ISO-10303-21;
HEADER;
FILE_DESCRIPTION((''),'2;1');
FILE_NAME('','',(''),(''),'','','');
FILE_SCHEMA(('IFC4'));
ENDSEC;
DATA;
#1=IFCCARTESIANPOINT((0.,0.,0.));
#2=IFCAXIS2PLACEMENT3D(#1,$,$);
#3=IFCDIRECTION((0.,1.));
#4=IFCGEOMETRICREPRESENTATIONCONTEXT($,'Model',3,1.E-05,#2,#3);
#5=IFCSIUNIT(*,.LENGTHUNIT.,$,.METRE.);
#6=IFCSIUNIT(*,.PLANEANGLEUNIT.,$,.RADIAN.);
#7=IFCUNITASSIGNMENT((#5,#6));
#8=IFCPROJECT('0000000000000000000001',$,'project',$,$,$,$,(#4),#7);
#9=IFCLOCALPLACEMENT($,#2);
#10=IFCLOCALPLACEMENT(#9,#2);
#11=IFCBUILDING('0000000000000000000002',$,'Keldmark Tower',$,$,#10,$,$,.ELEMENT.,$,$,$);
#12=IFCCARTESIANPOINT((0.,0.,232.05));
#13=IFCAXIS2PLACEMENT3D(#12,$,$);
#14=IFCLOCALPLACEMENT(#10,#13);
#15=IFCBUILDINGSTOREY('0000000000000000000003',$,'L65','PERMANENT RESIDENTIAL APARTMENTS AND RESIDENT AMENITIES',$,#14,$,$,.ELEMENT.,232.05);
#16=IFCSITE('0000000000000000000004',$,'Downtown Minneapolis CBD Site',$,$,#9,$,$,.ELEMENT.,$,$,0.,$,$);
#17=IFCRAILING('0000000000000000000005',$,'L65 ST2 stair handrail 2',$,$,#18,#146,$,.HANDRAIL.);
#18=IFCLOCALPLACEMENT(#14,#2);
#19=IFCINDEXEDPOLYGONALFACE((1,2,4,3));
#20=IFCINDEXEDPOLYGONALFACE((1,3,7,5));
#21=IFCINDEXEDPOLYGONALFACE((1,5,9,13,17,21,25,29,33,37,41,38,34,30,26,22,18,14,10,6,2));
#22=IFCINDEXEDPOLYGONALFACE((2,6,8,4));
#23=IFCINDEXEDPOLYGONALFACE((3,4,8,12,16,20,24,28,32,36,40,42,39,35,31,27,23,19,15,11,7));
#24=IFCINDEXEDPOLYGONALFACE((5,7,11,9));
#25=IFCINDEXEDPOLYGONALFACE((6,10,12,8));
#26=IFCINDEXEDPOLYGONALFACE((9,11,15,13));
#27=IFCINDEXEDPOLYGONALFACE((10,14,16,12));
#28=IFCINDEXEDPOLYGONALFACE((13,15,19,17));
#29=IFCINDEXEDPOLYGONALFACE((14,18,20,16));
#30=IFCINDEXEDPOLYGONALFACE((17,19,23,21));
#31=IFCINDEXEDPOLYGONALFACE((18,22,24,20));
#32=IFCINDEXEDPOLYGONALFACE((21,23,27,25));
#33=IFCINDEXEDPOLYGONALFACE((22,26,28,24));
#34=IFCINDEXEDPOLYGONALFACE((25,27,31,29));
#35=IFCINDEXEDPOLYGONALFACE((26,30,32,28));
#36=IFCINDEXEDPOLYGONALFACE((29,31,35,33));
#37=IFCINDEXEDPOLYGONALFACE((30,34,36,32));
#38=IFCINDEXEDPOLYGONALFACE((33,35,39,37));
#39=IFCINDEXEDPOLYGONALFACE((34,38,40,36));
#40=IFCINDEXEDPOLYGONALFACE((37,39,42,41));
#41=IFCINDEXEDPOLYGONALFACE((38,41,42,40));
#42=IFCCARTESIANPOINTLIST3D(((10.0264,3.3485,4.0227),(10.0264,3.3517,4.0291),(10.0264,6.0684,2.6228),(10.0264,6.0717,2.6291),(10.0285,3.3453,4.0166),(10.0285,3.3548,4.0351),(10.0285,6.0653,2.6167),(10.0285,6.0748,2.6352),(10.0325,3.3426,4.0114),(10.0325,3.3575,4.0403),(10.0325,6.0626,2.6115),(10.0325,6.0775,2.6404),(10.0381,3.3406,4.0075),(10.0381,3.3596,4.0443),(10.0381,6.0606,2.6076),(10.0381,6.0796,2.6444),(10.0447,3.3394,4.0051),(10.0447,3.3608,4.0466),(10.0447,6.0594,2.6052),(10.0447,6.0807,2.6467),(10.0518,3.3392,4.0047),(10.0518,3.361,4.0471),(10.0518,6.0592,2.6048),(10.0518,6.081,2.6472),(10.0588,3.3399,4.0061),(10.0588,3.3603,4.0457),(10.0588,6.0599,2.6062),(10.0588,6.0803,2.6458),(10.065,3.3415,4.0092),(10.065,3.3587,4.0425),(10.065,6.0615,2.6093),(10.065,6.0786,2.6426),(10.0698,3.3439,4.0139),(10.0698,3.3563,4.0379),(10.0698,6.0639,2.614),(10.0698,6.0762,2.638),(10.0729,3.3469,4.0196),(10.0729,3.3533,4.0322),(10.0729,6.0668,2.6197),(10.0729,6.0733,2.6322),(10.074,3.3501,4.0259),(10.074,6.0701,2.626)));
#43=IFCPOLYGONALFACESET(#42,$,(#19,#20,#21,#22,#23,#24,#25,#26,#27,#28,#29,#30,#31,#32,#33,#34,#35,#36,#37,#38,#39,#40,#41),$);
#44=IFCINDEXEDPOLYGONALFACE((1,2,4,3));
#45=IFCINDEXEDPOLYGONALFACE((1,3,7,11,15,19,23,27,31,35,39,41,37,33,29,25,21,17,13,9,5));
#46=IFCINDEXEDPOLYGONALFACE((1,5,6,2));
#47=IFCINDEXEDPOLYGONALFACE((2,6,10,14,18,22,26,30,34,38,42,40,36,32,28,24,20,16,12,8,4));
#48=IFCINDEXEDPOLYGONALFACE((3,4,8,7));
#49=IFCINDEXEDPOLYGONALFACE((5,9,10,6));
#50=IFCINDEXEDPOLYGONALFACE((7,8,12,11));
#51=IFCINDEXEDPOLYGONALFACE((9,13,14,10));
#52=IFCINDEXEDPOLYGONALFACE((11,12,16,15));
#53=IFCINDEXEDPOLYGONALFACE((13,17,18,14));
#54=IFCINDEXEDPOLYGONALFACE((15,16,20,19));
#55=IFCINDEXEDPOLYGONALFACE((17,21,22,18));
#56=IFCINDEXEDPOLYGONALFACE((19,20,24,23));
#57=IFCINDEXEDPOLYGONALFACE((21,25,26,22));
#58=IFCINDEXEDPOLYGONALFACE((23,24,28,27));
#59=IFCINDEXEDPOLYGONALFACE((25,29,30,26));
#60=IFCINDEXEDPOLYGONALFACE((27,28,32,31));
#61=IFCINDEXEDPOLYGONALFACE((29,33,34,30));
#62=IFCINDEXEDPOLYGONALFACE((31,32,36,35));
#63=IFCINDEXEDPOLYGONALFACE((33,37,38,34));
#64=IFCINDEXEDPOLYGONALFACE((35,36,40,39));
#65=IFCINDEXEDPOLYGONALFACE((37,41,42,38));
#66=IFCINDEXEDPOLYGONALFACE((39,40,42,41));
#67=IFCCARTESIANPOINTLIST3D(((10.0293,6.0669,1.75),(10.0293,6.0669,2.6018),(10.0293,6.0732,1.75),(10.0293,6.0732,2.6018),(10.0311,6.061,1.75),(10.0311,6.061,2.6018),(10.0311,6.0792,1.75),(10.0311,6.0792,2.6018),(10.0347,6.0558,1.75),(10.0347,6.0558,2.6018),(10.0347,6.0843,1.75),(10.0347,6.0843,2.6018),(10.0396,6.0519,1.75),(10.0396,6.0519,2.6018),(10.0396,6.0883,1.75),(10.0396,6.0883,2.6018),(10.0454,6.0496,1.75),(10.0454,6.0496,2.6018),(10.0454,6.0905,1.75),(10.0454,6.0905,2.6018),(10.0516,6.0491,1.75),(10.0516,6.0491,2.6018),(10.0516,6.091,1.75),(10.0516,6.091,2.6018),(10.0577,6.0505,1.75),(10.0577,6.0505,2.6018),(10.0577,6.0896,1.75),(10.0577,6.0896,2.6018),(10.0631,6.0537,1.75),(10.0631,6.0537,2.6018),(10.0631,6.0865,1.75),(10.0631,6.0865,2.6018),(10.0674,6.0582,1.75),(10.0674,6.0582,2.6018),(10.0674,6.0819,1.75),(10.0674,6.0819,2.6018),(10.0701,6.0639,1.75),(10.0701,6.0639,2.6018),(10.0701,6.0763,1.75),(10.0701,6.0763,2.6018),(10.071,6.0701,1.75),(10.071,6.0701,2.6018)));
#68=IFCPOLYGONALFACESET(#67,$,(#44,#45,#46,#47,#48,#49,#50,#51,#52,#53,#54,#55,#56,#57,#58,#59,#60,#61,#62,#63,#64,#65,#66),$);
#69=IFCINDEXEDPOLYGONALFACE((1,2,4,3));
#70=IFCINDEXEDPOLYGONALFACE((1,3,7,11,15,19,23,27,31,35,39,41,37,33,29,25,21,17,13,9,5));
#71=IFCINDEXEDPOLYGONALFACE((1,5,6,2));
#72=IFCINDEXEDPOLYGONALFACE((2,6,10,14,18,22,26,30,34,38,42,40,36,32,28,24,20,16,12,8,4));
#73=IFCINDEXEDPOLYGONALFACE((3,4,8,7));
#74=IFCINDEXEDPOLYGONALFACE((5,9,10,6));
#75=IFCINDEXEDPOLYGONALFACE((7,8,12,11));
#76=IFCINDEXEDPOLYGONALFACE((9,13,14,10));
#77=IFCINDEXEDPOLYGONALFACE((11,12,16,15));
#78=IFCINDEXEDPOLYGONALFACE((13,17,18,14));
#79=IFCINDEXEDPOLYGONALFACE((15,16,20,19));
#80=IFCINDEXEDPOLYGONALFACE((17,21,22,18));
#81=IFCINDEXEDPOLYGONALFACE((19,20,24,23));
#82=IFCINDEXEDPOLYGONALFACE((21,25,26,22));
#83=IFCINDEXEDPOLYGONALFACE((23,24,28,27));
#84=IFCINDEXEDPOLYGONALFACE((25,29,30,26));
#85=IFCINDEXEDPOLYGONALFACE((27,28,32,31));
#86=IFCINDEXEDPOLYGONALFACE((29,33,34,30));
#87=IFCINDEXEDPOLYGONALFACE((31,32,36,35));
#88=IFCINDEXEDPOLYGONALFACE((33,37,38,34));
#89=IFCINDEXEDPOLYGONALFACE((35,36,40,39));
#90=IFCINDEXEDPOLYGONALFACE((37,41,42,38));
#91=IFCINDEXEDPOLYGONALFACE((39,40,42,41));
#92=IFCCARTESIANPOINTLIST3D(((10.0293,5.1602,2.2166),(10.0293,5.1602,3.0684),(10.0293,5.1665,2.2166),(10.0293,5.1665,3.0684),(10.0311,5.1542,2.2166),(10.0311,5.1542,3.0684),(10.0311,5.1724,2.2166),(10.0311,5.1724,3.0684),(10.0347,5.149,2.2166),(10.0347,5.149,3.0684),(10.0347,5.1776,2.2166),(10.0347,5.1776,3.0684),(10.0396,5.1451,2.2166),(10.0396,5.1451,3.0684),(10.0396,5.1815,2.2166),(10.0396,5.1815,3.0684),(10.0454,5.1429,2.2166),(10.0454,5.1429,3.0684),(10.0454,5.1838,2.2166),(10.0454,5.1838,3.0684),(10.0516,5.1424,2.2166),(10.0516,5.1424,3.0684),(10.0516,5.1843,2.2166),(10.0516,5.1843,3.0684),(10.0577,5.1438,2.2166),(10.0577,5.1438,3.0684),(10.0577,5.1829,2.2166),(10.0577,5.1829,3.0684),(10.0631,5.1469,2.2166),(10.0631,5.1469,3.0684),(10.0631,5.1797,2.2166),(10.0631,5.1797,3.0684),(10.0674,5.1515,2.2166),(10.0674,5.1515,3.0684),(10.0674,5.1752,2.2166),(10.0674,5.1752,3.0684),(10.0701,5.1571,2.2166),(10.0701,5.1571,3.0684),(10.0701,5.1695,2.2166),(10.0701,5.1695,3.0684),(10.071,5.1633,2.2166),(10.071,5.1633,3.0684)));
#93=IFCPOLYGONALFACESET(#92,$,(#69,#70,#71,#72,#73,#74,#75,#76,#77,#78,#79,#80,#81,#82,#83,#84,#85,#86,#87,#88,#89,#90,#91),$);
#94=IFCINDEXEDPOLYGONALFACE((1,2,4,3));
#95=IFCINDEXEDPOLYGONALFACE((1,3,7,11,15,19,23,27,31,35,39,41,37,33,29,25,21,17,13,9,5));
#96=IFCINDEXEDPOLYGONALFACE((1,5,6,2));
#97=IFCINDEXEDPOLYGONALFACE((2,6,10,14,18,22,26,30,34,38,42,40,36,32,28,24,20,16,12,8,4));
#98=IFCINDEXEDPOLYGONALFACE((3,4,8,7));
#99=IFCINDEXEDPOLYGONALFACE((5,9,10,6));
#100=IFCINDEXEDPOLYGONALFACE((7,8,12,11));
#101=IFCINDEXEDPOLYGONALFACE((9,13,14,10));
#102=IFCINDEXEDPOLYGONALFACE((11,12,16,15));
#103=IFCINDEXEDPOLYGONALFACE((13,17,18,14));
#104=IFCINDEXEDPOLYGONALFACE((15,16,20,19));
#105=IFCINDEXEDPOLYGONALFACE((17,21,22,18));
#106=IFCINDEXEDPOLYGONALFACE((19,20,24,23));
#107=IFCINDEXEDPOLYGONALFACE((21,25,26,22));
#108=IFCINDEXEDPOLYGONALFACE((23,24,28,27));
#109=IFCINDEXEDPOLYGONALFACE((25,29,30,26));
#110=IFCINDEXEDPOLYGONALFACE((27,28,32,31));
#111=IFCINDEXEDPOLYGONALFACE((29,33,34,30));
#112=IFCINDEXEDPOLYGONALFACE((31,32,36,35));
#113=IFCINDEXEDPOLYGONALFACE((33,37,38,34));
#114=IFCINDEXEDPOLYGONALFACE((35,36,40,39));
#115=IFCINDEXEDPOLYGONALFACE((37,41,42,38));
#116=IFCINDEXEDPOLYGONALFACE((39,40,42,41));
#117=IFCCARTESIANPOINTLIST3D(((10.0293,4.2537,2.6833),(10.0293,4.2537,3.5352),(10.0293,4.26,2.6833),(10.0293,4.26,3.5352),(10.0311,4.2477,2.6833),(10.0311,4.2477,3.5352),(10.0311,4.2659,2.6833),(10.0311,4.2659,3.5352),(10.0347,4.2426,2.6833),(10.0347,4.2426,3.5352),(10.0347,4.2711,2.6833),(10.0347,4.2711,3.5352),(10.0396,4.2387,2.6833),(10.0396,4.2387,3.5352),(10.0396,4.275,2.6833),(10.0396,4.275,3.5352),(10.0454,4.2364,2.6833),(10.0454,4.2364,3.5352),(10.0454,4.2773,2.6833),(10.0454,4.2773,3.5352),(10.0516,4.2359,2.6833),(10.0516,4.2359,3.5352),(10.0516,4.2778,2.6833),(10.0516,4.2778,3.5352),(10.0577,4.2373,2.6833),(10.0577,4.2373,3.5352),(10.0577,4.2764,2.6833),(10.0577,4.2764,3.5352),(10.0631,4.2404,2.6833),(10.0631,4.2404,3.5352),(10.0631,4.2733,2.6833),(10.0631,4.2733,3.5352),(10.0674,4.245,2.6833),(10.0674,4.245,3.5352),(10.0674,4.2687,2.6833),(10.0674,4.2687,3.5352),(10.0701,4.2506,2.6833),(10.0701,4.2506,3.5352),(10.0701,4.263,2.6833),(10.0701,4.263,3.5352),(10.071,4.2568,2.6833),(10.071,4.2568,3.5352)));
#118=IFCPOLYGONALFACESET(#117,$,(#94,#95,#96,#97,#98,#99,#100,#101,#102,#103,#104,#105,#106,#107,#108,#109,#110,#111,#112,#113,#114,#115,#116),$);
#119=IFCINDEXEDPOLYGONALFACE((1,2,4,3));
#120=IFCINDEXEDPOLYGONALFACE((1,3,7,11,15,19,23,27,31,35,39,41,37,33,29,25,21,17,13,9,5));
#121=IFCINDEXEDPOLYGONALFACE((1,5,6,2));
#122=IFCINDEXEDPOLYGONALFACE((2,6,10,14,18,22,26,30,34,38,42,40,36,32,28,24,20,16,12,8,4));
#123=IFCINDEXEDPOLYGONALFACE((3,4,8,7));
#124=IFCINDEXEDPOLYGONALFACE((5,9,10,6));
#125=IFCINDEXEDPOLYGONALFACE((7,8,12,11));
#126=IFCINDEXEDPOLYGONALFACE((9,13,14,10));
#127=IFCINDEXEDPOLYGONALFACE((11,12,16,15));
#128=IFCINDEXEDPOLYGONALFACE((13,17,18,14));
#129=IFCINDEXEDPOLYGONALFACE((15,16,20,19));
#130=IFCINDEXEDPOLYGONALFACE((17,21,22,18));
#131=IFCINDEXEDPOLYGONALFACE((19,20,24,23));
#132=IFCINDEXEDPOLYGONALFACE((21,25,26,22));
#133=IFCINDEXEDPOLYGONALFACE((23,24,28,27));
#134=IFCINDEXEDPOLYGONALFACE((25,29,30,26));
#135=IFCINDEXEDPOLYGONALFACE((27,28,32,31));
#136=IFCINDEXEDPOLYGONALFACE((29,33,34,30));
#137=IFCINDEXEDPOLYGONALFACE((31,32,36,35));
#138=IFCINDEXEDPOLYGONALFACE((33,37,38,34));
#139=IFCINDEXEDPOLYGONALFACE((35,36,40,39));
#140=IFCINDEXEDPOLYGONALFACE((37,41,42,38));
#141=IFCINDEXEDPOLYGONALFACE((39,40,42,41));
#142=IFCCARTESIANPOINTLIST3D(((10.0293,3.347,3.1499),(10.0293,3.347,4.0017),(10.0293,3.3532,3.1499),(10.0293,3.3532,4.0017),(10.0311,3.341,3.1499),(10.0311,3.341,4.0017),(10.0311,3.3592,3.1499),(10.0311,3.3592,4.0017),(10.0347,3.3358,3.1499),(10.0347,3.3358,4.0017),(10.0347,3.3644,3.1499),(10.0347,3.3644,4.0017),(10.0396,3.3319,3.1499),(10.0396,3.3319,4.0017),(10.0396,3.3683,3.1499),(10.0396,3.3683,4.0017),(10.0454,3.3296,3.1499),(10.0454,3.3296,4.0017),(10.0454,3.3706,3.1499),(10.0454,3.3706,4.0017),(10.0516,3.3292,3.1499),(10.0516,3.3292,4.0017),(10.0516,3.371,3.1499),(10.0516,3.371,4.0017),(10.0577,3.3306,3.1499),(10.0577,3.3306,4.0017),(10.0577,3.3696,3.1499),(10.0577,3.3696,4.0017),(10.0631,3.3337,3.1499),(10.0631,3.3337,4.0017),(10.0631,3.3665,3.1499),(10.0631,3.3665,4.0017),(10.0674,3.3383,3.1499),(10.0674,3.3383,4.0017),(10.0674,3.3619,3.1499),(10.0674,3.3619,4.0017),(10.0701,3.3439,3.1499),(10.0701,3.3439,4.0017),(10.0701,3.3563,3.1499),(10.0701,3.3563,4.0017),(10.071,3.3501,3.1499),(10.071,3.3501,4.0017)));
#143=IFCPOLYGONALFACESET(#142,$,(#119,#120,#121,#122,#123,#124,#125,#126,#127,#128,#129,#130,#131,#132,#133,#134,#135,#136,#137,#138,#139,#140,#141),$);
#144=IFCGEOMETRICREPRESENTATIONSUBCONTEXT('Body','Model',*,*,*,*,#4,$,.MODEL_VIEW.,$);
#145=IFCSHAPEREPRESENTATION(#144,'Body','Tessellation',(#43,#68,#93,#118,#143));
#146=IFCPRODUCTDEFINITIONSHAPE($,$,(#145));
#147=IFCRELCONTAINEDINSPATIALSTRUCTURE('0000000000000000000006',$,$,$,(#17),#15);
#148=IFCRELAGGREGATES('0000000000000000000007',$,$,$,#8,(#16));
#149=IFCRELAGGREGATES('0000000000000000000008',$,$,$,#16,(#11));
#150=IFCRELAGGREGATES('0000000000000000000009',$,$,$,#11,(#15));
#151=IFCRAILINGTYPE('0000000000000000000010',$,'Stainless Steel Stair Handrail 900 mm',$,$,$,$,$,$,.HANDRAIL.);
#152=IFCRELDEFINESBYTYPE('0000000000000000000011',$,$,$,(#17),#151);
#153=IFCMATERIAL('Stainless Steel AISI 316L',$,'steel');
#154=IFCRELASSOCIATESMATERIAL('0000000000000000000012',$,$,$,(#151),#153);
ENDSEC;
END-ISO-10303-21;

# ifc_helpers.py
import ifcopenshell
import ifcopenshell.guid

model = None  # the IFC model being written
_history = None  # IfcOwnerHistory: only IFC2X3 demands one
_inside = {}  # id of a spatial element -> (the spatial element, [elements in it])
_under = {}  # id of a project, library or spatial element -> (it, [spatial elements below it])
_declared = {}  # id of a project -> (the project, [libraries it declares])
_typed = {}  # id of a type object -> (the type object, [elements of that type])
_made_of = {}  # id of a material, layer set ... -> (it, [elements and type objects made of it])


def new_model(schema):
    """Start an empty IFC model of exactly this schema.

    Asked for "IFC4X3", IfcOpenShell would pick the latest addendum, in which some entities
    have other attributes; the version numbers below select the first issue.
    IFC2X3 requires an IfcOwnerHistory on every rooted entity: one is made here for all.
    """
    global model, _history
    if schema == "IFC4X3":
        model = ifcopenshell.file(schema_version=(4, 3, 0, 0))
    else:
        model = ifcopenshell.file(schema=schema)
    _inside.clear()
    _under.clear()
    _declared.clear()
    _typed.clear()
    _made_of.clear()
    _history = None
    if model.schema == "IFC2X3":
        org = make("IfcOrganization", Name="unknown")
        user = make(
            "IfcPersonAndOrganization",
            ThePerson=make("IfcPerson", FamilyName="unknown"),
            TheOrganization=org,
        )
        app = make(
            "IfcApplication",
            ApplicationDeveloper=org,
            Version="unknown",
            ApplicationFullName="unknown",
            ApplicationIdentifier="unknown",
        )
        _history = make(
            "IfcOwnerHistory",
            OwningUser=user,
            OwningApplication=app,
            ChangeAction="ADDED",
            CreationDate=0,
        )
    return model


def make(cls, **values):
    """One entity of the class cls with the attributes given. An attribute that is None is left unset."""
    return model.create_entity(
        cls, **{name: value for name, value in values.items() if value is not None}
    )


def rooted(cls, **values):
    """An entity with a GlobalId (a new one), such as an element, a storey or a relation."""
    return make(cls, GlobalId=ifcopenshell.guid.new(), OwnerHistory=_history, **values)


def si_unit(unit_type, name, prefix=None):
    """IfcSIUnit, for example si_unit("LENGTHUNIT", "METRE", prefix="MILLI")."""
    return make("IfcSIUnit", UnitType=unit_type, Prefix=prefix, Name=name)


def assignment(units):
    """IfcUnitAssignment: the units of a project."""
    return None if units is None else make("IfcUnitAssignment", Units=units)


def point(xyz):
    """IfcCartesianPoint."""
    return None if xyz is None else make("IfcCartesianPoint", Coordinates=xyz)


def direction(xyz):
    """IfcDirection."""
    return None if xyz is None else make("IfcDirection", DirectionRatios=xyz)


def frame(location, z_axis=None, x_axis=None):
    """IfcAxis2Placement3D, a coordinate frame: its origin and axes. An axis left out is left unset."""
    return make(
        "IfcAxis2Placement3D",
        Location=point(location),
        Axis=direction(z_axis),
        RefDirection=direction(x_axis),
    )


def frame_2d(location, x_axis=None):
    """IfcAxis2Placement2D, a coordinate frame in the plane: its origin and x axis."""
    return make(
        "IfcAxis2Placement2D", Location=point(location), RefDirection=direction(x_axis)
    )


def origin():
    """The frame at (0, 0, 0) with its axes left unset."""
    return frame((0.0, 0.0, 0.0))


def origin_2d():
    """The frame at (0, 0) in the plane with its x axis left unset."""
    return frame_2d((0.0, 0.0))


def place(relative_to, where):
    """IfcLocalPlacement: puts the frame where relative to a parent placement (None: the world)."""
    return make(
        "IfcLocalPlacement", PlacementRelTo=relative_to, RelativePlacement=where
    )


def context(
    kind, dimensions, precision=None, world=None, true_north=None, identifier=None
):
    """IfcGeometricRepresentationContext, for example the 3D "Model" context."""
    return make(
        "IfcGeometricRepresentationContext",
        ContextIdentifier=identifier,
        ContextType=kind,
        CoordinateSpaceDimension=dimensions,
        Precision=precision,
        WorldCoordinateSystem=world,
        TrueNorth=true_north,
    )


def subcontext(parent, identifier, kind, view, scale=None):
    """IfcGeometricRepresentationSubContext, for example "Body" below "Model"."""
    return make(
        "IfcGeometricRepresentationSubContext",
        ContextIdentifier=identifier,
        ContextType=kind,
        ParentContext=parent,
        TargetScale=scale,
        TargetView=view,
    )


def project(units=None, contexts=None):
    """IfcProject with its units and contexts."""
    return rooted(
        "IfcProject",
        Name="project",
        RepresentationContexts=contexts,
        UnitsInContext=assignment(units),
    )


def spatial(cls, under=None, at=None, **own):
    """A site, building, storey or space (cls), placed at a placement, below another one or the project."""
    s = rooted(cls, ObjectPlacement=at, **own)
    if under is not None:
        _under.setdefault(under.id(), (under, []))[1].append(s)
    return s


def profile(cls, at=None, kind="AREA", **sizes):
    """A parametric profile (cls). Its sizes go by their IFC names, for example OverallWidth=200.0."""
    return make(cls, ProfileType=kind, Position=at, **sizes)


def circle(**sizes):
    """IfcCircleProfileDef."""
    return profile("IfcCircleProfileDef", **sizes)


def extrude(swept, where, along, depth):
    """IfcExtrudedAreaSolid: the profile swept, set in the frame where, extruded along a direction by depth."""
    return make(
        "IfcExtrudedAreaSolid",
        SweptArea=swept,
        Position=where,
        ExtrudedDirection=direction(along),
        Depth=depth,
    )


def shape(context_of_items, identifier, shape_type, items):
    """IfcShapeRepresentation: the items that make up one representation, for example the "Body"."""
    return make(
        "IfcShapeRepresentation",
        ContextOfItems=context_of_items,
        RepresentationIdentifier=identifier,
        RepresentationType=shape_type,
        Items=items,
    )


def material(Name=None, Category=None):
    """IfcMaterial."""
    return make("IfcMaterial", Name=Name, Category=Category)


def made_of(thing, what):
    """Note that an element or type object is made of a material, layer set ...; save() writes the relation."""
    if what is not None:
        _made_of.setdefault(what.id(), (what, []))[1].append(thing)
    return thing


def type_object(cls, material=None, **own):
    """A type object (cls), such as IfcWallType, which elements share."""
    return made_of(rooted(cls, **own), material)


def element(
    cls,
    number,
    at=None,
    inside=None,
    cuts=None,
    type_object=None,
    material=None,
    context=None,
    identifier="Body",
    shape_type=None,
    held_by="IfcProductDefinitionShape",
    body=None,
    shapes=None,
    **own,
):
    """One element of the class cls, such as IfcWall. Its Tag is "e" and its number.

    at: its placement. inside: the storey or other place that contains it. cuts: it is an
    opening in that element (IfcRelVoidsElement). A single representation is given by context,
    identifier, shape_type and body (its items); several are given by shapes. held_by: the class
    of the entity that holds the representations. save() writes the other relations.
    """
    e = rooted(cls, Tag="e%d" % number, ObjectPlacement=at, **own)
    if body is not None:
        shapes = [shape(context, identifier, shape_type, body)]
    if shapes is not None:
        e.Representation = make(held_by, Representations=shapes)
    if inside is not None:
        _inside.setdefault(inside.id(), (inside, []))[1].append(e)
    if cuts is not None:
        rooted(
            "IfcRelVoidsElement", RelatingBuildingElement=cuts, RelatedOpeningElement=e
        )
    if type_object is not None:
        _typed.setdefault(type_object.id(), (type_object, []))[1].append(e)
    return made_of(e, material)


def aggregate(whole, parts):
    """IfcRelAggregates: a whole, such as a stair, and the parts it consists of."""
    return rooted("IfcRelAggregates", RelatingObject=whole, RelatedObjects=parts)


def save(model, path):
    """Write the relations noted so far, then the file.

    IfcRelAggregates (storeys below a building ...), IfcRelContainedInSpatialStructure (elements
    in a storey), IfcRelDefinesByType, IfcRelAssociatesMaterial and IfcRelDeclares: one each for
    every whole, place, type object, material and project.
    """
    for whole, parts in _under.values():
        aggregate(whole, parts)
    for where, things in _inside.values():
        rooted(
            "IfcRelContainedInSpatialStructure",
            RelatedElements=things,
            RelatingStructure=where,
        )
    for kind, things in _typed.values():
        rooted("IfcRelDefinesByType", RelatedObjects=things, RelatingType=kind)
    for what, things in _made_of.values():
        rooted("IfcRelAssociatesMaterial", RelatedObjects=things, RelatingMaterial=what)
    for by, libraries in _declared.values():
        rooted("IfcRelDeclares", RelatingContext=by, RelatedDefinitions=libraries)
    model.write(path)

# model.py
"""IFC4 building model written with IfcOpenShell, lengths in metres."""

from ifc_helpers import new_model, si_unit, direction, frame, origin, origin_2d, place, context, subcontext, project, spatial, circle, extrude, material, type_object, element, save


model = new_model("IFC4")

# Units and contexts
model_context = context("Model", 3, precision=1e-05, world=origin(), true_north=direction((0.0, 1.0)))
body_context = subcontext(model_context, "Body", "Model", "MODEL_VIEW")
ifc_project = project(units=[si_unit("LENGTHUNIT", "METRE"), si_unit("PLANEANGLEUNIT", "RADIAN")], contexts=[model_context])

# Site, building, storey
site_placement = place(None, origin())
site = spatial("IfcSite", under=ifc_project, at=site_placement, Name="Downtown Minneapolis CBD Site", CompositionType="ELEMENT", RefElevation=0.0)
building_placement = place(site_placement, origin())
building = spatial("IfcBuilding", under=site, at=building_placement, Name="Keldmark Tower", CompositionType="ELEMENT")
storey_placement = place(building_placement, frame((0.0, 0.0, 232.05)))
storey = spatial("IfcBuildingStorey", under=building, at=storey_placement, Name="L65", Description="PERMANENT RESIDENTIAL APARTMENTS AND RESIDENT AMENITIES", CompositionType="ELEMENT", Elevation=232.05)

# Railing
ifc_material_1 = material(Name="Stainless Steel AISI 316L", Category="steel")
railing_type = type_object("IfcRailingType", Name="Stainless Steel Stair Handrail 900 mm", PredefinedType="HANDRAIL", material=ifc_material_1)
railing_placement = place(storey_placement, frame((10.05, 6.0701, 1.75)))
element("IfcRailing", 1, at=railing_placement, inside=storey, type_object=railing_type, Name="L65 ST2 stair handrail 2", PredefinedType="HANDRAIL", context=body_context, shape_type="SweptSolid", body=[
    extrude(circle(Radius=0.0239, at=origin_2d()), frame((0.0, 0.0, 0.876), z_axis=(0.0, -0.889147, 0.457622), x_axis=(1.0, 0.0, 0.0)), (0.0, 0.0, 1.0), 3.0591),
    extrude(circle(Radius=0.021, at=origin_2d()), origin(), (0.0, 0.0, 1.0), 0.8518),
    extrude(circle(Radius=0.021, at=origin_2d()), frame((0.0, -0.9067, 0.4666)), (0.0, 0.0, 1.0), 0.8518),
    extrude(circle(Radius=0.021, at=origin_2d()), frame((0.0, -1.8132, 0.9333)), (0.0, 0.0, 1.0), 0.8518),
    extrude(circle(Radius=0.021, at=origin_2d()), frame((0.0, -2.72, 1.3999)), (0.0, 0.0, 1.0), 0.8518),
])

save(model, "model.ifc")
